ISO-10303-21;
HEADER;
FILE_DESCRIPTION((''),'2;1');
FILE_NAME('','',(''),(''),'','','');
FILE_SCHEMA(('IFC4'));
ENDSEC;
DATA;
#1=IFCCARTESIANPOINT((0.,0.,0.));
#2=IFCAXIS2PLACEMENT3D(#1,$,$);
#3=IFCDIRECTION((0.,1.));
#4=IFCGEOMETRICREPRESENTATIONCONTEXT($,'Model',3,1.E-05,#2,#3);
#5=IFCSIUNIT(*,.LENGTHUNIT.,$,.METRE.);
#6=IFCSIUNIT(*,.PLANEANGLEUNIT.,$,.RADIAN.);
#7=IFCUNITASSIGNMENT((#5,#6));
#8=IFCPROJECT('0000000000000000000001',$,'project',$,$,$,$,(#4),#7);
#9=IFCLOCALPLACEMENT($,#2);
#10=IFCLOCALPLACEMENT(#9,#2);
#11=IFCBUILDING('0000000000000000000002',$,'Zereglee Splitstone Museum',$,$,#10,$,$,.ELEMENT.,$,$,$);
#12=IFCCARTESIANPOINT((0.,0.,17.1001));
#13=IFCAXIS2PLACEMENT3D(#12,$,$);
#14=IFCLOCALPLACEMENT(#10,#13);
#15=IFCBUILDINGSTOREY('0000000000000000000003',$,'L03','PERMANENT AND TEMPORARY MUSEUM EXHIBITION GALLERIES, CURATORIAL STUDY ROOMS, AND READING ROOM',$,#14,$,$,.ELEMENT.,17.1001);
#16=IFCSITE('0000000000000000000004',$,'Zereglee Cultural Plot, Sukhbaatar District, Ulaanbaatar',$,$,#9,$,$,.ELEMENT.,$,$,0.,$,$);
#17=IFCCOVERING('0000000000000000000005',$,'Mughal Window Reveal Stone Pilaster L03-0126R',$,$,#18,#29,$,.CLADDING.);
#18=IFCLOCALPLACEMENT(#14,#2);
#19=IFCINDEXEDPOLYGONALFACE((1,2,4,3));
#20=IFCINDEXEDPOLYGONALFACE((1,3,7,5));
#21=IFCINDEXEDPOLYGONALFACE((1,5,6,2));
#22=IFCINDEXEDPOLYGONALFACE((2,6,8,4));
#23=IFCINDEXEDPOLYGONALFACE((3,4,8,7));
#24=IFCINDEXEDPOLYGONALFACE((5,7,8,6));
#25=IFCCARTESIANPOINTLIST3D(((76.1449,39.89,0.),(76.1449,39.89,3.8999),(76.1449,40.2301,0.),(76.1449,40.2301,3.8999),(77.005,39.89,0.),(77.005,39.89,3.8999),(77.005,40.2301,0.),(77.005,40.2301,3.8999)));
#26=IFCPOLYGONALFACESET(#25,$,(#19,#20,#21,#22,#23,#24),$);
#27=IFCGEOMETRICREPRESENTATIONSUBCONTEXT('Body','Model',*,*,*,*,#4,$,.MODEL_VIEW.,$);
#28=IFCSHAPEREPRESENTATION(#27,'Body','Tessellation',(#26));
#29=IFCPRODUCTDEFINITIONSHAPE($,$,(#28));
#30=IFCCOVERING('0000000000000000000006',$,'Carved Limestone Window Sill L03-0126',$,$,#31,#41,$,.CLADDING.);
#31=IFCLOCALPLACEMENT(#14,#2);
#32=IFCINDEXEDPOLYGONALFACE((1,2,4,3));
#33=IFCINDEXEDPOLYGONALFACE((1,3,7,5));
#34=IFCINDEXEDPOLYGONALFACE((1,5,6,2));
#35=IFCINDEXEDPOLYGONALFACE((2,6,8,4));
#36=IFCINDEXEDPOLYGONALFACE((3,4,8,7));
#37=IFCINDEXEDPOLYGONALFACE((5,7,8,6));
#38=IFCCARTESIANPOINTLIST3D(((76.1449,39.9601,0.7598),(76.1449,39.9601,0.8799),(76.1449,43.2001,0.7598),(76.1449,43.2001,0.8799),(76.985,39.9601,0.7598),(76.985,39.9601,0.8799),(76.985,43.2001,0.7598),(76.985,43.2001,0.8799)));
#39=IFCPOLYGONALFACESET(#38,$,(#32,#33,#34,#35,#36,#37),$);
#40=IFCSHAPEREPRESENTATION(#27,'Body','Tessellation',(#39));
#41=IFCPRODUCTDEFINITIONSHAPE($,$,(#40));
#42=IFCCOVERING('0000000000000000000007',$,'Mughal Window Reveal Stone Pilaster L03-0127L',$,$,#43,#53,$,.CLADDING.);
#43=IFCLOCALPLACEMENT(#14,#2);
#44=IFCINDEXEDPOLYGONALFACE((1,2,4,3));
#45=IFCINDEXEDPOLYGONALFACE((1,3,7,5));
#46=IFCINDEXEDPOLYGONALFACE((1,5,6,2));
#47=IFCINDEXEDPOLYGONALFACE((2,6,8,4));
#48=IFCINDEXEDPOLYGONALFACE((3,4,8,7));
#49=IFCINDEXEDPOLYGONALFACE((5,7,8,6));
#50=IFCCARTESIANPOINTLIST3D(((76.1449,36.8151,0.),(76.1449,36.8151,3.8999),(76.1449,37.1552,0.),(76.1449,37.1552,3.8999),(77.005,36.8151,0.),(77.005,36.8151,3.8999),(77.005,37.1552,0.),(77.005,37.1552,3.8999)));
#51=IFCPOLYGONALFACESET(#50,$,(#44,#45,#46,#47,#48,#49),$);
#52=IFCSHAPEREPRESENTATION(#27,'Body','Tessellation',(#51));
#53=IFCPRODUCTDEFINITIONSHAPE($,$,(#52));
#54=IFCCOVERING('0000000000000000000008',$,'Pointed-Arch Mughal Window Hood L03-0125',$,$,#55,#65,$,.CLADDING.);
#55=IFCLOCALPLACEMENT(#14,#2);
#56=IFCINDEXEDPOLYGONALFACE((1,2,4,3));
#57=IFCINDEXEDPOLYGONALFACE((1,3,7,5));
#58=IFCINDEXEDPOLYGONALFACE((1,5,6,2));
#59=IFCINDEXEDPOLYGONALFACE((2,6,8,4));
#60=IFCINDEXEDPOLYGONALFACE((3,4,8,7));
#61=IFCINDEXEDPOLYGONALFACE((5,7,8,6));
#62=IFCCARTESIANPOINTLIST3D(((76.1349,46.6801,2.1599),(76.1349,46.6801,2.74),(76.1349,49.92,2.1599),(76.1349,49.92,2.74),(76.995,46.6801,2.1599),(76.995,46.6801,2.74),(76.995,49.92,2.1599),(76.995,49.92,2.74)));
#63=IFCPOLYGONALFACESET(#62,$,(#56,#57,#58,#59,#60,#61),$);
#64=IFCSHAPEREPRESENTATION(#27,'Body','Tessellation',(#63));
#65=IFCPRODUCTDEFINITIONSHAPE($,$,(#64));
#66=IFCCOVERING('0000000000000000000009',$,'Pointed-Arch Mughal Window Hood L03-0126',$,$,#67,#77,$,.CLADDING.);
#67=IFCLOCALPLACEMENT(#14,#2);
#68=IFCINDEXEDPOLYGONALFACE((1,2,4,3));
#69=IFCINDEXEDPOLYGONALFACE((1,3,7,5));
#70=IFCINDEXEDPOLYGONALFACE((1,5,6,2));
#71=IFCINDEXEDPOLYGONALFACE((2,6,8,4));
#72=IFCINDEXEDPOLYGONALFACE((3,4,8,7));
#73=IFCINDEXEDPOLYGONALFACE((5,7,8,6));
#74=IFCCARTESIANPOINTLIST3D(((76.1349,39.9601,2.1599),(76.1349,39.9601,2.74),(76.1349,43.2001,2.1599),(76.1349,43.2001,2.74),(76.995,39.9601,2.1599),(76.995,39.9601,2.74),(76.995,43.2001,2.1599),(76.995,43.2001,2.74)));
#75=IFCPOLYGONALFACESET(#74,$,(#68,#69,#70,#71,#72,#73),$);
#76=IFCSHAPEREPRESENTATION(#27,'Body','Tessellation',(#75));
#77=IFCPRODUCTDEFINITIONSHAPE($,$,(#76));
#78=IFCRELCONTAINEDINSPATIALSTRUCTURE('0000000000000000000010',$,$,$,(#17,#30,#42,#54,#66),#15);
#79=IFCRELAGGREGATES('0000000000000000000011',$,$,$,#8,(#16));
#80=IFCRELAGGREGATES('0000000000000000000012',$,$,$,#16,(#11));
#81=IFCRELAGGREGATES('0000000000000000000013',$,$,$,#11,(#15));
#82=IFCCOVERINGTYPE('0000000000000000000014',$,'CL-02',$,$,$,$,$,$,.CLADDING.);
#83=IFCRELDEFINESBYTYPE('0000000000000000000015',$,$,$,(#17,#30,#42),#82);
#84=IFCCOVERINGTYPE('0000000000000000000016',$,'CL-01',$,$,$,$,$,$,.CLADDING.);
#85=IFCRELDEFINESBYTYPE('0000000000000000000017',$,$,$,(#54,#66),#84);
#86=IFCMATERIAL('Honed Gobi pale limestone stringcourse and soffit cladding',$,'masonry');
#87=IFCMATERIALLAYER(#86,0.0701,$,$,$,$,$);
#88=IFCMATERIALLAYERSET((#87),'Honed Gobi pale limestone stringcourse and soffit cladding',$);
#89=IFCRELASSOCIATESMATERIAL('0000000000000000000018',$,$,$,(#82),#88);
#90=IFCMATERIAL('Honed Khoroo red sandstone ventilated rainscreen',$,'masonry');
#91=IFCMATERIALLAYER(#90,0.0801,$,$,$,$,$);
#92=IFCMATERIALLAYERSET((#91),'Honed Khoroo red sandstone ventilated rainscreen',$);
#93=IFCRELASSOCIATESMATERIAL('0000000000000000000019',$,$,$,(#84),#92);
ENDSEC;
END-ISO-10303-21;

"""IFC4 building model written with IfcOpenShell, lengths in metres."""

from ifc_helpers import new_model, si_unit, direction, frame, origin, origin_2d, place, context, subcontext, project, spatial, rectangle, extrude, material, layer, layer_set, type_object, element, save


model = new_model("IFC4")

# Units and contexts
model_context = context("Model", 3, precision=1e-05, world=origin(), true_north=direction((0.0, 1.0)))
body_context = subcontext(model_context, "Body", "Model", "MODEL_VIEW")
ifc_project = project(units=[si_unit("LENGTHUNIT", "METRE"), si_unit("PLANEANGLEUNIT", "RADIAN")], contexts=[model_context])

# Site, building, storey
site_placement = place(None, origin())
site = spatial("IfcSite", under=ifc_project, at=site_placement, Name="Zereglee Cultural Plot, Sukhbaatar District, Ulaanbaatar", CompositionType="ELEMENT", RefElevation=0.0)
building_placement = place(site_placement, origin())
building = spatial("IfcBuilding", under=site, at=building_placement, Name="Zereglee Splitstone Museum", CompositionType="ELEMENT")
storey_placement = place(building_placement, frame((0.0, 0.0, 17.1001)))
storey = spatial("IfcBuildingStorey", under=building, at=storey_placement, Name="L03", Description="PERMANENT AND TEMPORARY MUSEUM EXHIBITION GALLERIES, CURATORIAL STUDY ROOMS, AND READING ROOM", CompositionType="ELEMENT", Elevation=17.1001)

# Coverings
ifc_material_1 = material(Name="Honed Gobi pale limestone stringcourse and soffit cladding", Category="masonry")
ifc_layer_1 = layer(ifc_material_1, 0.0701)
ifc_layer_set_1 = layer_set([ifc_layer_1], Name="Honed Gobi pale limestone stringcourse and soffit cladding")
covering_type_1 = type_object("IfcCoveringType", Name="CL-02", PredefinedType="CLADDING", material=ifc_layer_set_1)
for number, where, z_axis, x_axis, name in (
    (1, (76.575, 40.0601, 0.0), (0.0, 0.0, 1.0), (0.0, -1.0, 0.0), "Mughal Window Reveal Stone Pilaster L03-0126R"),
):
    element("IfcCovering", number, at=place(storey_placement, frame(where, z_axis=z_axis, x_axis=x_axis)), inside=storey, type_object=covering_type_1, Name=name, PredefinedType="CLADDING", context=body_context, shape_type="SweptSolid", body=[
        extrude(rectangle(XDim=0.3401, YDim=0.8601, at=origin_2d()), origin(), (0.0, 0.0, 1.0), 3.8999),
    ])
covering_1_placement = place(storey_placement, frame((76.5649, 41.5801, 0.7598), z_axis=(0.0, 0.0, 1.0), x_axis=(0.0, -1.0, 0.0)))
element("IfcCovering", 2, at=covering_1_placement, inside=storey, type_object=covering_type_1, Name="Carved Limestone Window Sill L03-0126", PredefinedType="CLADDING", context=body_context, shape_type="SweptSolid", body=[
    extrude(rectangle(XDim=3.24, YDim=0.8401, at=origin_2d()), origin(), (0.0, 0.0, 1.0), 0.1201),
])
covering_2_placement = place(storey_placement, frame((76.575, 36.9851, 0.0), z_axis=(0.0, 0.0, 1.0), x_axis=(0.0, -1.0, 0.0)))
element("IfcCovering", 3, at=covering_2_placement, inside=storey, type_object=covering_type_1, Name="Mughal Window Reveal Stone Pilaster L03-0127L", PredefinedType="CLADDING", context=body_context, shape_type="SweptSolid", body=[
    extrude(rectangle(XDim=0.3401, YDim=0.8601, at=origin_2d()), origin(), (0.0, 0.0, 1.0), 3.8999),
])
ifc_material_2 = material(Name="Honed Khoroo red sandstone ventilated rainscreen", Category="masonry")
ifc_layer_2 = layer(ifc_material_2, 0.0801)
ifc_layer_set_2 = layer_set([ifc_layer_2], Name="Honed Khoroo red sandstone ventilated rainscreen")
covering_type_2 = type_object("IfcCoveringType", Name="CL-01", PredefinedType="CLADDING", material=ifc_layer_set_2)
for number, where, z_axis, x_axis, name in (
    (4, (76.5649, 48.3, 2.1599), (0.0, 0.0, 1.0), (0.0, -1.0, 0.0), "Pointed-Arch Mughal Window Hood L03-0125"),
    (5, (76.5649, 41.5801, 2.1599), (0.0, 0.0, 1.0), (0.0, -1.0, 0.0), "Pointed-Arch Mughal Window Hood L03-0126"),
):
    element("IfcCovering", number, at=place(storey_placement, frame(where, z_axis=z_axis, x_axis=x_axis)), inside=storey, type_object=covering_type_2, Name=name, PredefinedType="CLADDING", context=body_context, shape_type="SweptSolid", body=[
        extrude(rectangle(XDim=3.24, YDim=0.8601, at=origin_2d()), origin(), (0.0, 0.0, 1.0), 0.5801),
    ])

save(model, "model.ifc")
